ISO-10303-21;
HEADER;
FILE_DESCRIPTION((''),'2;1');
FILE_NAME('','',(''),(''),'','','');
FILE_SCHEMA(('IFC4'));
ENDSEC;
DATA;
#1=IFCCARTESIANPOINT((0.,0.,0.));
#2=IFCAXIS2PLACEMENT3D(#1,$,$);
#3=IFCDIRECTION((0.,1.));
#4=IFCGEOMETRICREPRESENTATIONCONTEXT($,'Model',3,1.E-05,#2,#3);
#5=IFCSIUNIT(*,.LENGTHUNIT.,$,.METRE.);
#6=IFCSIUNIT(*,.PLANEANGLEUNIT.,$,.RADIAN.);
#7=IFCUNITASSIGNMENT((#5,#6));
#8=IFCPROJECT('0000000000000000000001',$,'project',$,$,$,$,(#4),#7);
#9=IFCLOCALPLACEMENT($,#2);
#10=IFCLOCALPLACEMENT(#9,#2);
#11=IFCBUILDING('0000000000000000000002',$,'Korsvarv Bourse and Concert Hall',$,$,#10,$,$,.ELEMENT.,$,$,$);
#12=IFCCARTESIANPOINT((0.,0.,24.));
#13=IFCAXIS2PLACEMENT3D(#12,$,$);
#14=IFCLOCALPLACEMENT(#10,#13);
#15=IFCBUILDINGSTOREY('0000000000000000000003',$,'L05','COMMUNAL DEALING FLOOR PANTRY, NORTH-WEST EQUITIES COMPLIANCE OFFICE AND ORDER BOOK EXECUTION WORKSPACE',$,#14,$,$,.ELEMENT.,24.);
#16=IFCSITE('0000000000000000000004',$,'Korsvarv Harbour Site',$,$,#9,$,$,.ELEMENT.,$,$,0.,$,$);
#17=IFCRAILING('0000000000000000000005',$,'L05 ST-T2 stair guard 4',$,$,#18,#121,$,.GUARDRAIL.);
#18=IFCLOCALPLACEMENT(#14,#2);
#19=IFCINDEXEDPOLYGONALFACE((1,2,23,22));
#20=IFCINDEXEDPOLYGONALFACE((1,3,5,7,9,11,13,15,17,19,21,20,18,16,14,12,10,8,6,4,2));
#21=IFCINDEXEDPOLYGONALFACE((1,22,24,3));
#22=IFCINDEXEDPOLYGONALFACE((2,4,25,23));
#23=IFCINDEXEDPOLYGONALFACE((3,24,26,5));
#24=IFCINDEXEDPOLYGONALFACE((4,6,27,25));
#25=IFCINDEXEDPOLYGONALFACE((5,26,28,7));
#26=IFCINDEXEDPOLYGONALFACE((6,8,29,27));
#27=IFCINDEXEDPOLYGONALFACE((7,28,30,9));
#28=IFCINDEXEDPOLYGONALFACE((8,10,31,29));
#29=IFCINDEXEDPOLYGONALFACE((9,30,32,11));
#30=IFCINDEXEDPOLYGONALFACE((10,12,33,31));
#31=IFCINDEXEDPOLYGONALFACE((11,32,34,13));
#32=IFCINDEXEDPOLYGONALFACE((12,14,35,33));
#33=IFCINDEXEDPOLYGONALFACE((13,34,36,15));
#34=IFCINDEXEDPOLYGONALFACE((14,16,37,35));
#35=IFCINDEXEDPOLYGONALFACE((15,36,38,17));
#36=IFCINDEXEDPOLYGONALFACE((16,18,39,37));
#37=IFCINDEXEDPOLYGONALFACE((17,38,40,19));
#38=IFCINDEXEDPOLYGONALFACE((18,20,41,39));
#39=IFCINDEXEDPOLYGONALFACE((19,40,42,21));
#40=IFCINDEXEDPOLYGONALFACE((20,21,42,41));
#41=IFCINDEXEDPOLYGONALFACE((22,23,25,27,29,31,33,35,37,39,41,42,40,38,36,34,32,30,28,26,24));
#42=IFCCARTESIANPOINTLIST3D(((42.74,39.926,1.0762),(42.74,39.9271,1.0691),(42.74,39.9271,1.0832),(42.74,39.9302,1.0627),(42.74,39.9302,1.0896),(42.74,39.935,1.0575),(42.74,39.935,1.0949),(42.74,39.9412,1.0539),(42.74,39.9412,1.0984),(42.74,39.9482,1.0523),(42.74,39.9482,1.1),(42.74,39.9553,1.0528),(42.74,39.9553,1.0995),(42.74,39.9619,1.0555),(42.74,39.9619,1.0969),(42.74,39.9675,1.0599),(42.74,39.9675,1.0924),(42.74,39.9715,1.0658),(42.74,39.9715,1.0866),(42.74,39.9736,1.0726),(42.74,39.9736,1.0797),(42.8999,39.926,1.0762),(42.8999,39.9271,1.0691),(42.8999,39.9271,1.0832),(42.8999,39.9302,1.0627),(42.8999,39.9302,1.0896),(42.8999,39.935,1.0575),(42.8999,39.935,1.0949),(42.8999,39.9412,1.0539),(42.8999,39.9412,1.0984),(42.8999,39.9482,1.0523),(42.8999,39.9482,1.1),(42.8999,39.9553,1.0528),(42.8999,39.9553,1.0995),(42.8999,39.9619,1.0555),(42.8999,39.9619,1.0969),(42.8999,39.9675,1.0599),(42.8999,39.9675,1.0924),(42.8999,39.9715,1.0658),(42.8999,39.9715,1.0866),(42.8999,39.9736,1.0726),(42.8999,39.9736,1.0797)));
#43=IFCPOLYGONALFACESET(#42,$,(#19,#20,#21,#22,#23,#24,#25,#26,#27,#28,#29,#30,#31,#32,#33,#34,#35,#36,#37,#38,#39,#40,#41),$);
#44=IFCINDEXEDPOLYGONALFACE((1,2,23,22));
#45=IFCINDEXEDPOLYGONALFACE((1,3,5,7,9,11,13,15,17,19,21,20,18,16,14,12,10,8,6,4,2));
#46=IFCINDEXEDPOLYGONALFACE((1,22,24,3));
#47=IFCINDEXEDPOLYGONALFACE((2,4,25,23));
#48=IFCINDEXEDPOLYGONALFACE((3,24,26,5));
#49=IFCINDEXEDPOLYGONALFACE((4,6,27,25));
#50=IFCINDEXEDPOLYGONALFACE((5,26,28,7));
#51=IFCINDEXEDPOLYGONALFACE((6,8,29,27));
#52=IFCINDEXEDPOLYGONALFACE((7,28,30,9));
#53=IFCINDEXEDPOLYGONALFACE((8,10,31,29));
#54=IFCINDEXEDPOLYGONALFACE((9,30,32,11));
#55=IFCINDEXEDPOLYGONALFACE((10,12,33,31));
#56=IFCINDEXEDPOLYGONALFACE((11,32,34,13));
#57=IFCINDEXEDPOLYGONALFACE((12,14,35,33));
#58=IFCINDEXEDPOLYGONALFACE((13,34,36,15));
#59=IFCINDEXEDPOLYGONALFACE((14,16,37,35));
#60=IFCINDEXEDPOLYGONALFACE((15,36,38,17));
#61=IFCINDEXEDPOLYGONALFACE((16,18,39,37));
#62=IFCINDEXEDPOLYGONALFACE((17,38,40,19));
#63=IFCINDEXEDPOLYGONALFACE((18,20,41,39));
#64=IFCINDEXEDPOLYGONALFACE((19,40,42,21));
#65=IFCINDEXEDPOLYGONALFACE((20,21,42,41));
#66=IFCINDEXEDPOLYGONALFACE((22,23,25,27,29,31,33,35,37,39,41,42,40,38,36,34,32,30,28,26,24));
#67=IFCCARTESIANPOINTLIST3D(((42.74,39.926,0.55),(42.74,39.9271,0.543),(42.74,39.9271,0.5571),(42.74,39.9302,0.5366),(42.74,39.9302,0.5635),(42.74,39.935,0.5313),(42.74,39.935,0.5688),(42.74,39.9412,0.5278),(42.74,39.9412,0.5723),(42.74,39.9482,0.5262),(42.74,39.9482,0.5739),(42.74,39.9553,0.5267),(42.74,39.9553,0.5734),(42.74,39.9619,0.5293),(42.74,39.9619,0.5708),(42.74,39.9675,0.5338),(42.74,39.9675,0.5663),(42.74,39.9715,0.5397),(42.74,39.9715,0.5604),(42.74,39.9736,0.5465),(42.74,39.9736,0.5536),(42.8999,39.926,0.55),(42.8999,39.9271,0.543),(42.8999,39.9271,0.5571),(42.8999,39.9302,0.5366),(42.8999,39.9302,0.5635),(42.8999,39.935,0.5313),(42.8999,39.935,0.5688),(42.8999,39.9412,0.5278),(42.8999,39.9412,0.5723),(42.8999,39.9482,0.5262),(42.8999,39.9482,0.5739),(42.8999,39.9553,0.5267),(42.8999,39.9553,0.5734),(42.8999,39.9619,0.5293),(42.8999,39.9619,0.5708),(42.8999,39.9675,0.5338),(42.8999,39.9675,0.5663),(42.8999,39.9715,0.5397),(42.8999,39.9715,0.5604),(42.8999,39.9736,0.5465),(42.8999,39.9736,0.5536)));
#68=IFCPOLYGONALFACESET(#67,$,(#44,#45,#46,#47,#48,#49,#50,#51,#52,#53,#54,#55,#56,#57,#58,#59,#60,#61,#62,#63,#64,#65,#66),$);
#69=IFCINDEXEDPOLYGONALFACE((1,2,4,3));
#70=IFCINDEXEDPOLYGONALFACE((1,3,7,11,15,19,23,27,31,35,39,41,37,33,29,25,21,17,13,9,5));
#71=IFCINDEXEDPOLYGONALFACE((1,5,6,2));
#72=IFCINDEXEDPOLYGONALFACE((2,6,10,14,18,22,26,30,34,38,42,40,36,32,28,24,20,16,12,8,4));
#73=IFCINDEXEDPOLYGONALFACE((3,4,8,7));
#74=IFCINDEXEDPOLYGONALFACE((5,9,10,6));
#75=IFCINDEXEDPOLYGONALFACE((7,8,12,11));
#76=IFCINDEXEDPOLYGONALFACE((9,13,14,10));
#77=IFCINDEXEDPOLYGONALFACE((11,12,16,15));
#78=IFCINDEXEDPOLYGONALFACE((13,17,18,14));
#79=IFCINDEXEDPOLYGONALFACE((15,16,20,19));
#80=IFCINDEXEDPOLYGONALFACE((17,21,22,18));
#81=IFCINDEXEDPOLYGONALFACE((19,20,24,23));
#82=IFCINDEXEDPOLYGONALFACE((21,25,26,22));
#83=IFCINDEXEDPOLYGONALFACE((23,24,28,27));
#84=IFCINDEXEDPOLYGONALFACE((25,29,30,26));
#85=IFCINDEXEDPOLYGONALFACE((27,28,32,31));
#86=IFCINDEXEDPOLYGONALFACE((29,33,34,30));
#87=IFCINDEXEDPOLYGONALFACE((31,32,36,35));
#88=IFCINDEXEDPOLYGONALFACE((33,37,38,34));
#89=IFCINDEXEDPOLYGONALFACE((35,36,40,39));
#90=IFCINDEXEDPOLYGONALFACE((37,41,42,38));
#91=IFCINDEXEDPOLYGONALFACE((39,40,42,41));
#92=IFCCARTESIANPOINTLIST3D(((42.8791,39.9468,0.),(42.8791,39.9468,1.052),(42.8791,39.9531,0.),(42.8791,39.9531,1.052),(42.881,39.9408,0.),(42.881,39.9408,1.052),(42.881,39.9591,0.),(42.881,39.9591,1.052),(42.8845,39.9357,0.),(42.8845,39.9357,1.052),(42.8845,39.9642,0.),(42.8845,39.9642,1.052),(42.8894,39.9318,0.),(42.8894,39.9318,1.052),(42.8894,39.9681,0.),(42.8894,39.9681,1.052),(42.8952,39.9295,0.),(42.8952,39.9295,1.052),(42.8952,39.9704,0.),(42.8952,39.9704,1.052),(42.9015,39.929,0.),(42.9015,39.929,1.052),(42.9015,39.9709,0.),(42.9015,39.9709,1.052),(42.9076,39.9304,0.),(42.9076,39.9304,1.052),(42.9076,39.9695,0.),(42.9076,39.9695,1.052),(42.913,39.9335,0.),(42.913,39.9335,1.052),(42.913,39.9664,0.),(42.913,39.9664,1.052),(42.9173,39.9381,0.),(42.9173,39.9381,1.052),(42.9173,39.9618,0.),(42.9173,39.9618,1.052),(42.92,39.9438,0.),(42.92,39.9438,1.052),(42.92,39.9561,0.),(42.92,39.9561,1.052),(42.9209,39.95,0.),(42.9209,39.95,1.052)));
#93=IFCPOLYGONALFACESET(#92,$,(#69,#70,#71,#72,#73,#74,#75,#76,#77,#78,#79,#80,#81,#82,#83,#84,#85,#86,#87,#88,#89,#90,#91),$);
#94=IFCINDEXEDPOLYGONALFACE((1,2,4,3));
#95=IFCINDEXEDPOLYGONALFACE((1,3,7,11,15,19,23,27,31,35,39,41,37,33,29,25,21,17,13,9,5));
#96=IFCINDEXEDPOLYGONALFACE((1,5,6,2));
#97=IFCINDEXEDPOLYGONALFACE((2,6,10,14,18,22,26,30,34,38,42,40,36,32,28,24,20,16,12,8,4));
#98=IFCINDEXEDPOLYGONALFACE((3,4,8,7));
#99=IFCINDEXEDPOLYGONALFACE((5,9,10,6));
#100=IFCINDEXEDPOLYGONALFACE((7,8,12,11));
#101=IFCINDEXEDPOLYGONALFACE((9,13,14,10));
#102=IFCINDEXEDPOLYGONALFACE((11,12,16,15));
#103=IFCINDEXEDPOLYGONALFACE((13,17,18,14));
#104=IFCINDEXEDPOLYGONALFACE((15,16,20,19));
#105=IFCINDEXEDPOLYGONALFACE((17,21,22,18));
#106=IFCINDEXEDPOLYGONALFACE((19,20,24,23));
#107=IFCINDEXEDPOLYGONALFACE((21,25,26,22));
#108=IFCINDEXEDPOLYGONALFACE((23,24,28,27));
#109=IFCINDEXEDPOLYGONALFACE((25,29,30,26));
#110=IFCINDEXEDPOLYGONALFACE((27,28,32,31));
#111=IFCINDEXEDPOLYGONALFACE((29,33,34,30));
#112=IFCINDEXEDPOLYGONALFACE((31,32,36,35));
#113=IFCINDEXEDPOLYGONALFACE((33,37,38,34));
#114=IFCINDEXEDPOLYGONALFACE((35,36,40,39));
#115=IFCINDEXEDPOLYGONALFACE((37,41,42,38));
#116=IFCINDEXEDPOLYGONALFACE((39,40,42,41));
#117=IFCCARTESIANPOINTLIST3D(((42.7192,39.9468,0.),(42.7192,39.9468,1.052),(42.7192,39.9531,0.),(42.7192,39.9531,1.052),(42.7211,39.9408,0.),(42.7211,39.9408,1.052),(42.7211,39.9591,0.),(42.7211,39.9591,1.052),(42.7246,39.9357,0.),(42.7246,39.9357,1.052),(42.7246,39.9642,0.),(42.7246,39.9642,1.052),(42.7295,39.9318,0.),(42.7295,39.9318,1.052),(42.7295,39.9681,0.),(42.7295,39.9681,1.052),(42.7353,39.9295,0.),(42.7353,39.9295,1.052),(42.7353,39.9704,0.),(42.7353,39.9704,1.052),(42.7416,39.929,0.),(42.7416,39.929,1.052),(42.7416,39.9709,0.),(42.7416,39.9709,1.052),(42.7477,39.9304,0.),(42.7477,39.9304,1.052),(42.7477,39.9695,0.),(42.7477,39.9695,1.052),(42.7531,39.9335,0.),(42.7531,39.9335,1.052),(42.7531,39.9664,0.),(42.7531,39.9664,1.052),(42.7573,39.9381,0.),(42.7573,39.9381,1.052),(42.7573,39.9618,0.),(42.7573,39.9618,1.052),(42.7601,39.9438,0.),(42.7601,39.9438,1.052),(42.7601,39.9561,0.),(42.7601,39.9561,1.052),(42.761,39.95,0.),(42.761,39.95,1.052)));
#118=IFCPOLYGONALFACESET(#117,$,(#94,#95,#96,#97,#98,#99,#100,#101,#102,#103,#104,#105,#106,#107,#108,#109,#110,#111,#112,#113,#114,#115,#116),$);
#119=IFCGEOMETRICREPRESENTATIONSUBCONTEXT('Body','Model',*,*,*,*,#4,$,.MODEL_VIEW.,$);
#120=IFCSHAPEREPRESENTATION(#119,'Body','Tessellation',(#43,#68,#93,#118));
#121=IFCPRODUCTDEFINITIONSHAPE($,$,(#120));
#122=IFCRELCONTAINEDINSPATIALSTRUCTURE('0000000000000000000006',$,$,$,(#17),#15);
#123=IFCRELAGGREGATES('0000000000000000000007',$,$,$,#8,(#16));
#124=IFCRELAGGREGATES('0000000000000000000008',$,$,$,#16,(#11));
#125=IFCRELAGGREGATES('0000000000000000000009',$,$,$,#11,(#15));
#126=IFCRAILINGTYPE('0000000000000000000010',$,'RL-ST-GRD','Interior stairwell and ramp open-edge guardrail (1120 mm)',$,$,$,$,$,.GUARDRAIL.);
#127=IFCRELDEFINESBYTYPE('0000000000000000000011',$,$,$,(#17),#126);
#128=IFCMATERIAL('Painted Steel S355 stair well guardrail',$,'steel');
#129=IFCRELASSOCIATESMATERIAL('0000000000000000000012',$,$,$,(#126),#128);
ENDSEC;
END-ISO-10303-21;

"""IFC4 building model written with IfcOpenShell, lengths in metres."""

from ifc_helpers import new_model, si_unit, direction, frame, origin, origin_2d, place, context, subcontext, project, spatial, circle, extrude, material, type_object, element, save


model = new_model("IFC4")

# Units and contexts
model_context = context("Model", 3, precision=1e-05, world=origin(), true_north=direction((0.0, 1.0)))
body_context = subcontext(model_context, "Body", "Model", "MODEL_VIEW")
ifc_project = project(units=[si_unit("LENGTHUNIT", "METRE"), si_unit("PLANEANGLEUNIT", "RADIAN")], contexts=[model_context])

# Site, building, storey
site_placement = place(None, origin())
site = spatial("IfcSite", under=ifc_project, at=site_placement, Name="Korsvarv Harbour Site", CompositionType="ELEMENT", RefElevation=0.0)
building_placement = place(site_placement, origin())
building = spatial("IfcBuilding", under=site, at=building_placement, Name="Korsvarv Bourse and Concert Hall", CompositionType="ELEMENT")
storey_placement = place(building_placement, frame((0.0, 0.0, 24.0)))
storey = spatial("IfcBuildingStorey", under=building, at=storey_placement, Name="L05", Description="COMMUNAL DEALING FLOOR PANTRY, NORTH-WEST EQUITIES COMPLIANCE OFFICE AND ORDER BOOK EXECUTION WORKSPACE", CompositionType="ELEMENT", Elevation=24.0)

# Railing
ifc_material_1 = material(Name="Painted Steel S355 stair well guardrail", Category="steel")
railing_type_1 = type_object("IfcRailingType", Name="RL-ST-GRD", Description="Interior stairwell and ramp open-edge guardrail (1120 mm)", PredefinedType="GUARDRAIL", material=ifc_material_1)
railing_1_placement = place(storey_placement, frame((42.8999, 39.95, 0.0)))
element("IfcRailing", 1, at=railing_1_placement, inside=storey, type_object=railing_type_1, Name="L05 ST-T2 stair guard 4", PredefinedType="GUARDRAIL", context=body_context, shape_type="SweptSolid", body=[
    extrude(circle(Radius=0.0239, at=origin_2d()), frame((0.0, 0.0, 1.0762), z_axis=(-1.0, 0.0, 0.0), x_axis=(0.0, -1.0, 0.0)), (0.0, 0.0, 1.0), 0.1599),
    extrude(circle(Radius=0.0239, at=origin_2d()), frame((0.0, 0.0, 0.55), z_axis=(-1.0, 0.0, 0.0), x_axis=(0.0, -1.0, 0.0)), (0.0, 0.0, 1.0), 0.1599),
    extrude(circle(Radius=0.021, at=origin_2d()), origin(), (0.0, 0.0, 1.0), 1.052),
    extrude(circle(Radius=0.021, at=origin_2d()), frame((-0.1599, 0.0, 0.0)), (0.0, 0.0, 1.0), 1.052),
])

save(model, "model.ifc")
